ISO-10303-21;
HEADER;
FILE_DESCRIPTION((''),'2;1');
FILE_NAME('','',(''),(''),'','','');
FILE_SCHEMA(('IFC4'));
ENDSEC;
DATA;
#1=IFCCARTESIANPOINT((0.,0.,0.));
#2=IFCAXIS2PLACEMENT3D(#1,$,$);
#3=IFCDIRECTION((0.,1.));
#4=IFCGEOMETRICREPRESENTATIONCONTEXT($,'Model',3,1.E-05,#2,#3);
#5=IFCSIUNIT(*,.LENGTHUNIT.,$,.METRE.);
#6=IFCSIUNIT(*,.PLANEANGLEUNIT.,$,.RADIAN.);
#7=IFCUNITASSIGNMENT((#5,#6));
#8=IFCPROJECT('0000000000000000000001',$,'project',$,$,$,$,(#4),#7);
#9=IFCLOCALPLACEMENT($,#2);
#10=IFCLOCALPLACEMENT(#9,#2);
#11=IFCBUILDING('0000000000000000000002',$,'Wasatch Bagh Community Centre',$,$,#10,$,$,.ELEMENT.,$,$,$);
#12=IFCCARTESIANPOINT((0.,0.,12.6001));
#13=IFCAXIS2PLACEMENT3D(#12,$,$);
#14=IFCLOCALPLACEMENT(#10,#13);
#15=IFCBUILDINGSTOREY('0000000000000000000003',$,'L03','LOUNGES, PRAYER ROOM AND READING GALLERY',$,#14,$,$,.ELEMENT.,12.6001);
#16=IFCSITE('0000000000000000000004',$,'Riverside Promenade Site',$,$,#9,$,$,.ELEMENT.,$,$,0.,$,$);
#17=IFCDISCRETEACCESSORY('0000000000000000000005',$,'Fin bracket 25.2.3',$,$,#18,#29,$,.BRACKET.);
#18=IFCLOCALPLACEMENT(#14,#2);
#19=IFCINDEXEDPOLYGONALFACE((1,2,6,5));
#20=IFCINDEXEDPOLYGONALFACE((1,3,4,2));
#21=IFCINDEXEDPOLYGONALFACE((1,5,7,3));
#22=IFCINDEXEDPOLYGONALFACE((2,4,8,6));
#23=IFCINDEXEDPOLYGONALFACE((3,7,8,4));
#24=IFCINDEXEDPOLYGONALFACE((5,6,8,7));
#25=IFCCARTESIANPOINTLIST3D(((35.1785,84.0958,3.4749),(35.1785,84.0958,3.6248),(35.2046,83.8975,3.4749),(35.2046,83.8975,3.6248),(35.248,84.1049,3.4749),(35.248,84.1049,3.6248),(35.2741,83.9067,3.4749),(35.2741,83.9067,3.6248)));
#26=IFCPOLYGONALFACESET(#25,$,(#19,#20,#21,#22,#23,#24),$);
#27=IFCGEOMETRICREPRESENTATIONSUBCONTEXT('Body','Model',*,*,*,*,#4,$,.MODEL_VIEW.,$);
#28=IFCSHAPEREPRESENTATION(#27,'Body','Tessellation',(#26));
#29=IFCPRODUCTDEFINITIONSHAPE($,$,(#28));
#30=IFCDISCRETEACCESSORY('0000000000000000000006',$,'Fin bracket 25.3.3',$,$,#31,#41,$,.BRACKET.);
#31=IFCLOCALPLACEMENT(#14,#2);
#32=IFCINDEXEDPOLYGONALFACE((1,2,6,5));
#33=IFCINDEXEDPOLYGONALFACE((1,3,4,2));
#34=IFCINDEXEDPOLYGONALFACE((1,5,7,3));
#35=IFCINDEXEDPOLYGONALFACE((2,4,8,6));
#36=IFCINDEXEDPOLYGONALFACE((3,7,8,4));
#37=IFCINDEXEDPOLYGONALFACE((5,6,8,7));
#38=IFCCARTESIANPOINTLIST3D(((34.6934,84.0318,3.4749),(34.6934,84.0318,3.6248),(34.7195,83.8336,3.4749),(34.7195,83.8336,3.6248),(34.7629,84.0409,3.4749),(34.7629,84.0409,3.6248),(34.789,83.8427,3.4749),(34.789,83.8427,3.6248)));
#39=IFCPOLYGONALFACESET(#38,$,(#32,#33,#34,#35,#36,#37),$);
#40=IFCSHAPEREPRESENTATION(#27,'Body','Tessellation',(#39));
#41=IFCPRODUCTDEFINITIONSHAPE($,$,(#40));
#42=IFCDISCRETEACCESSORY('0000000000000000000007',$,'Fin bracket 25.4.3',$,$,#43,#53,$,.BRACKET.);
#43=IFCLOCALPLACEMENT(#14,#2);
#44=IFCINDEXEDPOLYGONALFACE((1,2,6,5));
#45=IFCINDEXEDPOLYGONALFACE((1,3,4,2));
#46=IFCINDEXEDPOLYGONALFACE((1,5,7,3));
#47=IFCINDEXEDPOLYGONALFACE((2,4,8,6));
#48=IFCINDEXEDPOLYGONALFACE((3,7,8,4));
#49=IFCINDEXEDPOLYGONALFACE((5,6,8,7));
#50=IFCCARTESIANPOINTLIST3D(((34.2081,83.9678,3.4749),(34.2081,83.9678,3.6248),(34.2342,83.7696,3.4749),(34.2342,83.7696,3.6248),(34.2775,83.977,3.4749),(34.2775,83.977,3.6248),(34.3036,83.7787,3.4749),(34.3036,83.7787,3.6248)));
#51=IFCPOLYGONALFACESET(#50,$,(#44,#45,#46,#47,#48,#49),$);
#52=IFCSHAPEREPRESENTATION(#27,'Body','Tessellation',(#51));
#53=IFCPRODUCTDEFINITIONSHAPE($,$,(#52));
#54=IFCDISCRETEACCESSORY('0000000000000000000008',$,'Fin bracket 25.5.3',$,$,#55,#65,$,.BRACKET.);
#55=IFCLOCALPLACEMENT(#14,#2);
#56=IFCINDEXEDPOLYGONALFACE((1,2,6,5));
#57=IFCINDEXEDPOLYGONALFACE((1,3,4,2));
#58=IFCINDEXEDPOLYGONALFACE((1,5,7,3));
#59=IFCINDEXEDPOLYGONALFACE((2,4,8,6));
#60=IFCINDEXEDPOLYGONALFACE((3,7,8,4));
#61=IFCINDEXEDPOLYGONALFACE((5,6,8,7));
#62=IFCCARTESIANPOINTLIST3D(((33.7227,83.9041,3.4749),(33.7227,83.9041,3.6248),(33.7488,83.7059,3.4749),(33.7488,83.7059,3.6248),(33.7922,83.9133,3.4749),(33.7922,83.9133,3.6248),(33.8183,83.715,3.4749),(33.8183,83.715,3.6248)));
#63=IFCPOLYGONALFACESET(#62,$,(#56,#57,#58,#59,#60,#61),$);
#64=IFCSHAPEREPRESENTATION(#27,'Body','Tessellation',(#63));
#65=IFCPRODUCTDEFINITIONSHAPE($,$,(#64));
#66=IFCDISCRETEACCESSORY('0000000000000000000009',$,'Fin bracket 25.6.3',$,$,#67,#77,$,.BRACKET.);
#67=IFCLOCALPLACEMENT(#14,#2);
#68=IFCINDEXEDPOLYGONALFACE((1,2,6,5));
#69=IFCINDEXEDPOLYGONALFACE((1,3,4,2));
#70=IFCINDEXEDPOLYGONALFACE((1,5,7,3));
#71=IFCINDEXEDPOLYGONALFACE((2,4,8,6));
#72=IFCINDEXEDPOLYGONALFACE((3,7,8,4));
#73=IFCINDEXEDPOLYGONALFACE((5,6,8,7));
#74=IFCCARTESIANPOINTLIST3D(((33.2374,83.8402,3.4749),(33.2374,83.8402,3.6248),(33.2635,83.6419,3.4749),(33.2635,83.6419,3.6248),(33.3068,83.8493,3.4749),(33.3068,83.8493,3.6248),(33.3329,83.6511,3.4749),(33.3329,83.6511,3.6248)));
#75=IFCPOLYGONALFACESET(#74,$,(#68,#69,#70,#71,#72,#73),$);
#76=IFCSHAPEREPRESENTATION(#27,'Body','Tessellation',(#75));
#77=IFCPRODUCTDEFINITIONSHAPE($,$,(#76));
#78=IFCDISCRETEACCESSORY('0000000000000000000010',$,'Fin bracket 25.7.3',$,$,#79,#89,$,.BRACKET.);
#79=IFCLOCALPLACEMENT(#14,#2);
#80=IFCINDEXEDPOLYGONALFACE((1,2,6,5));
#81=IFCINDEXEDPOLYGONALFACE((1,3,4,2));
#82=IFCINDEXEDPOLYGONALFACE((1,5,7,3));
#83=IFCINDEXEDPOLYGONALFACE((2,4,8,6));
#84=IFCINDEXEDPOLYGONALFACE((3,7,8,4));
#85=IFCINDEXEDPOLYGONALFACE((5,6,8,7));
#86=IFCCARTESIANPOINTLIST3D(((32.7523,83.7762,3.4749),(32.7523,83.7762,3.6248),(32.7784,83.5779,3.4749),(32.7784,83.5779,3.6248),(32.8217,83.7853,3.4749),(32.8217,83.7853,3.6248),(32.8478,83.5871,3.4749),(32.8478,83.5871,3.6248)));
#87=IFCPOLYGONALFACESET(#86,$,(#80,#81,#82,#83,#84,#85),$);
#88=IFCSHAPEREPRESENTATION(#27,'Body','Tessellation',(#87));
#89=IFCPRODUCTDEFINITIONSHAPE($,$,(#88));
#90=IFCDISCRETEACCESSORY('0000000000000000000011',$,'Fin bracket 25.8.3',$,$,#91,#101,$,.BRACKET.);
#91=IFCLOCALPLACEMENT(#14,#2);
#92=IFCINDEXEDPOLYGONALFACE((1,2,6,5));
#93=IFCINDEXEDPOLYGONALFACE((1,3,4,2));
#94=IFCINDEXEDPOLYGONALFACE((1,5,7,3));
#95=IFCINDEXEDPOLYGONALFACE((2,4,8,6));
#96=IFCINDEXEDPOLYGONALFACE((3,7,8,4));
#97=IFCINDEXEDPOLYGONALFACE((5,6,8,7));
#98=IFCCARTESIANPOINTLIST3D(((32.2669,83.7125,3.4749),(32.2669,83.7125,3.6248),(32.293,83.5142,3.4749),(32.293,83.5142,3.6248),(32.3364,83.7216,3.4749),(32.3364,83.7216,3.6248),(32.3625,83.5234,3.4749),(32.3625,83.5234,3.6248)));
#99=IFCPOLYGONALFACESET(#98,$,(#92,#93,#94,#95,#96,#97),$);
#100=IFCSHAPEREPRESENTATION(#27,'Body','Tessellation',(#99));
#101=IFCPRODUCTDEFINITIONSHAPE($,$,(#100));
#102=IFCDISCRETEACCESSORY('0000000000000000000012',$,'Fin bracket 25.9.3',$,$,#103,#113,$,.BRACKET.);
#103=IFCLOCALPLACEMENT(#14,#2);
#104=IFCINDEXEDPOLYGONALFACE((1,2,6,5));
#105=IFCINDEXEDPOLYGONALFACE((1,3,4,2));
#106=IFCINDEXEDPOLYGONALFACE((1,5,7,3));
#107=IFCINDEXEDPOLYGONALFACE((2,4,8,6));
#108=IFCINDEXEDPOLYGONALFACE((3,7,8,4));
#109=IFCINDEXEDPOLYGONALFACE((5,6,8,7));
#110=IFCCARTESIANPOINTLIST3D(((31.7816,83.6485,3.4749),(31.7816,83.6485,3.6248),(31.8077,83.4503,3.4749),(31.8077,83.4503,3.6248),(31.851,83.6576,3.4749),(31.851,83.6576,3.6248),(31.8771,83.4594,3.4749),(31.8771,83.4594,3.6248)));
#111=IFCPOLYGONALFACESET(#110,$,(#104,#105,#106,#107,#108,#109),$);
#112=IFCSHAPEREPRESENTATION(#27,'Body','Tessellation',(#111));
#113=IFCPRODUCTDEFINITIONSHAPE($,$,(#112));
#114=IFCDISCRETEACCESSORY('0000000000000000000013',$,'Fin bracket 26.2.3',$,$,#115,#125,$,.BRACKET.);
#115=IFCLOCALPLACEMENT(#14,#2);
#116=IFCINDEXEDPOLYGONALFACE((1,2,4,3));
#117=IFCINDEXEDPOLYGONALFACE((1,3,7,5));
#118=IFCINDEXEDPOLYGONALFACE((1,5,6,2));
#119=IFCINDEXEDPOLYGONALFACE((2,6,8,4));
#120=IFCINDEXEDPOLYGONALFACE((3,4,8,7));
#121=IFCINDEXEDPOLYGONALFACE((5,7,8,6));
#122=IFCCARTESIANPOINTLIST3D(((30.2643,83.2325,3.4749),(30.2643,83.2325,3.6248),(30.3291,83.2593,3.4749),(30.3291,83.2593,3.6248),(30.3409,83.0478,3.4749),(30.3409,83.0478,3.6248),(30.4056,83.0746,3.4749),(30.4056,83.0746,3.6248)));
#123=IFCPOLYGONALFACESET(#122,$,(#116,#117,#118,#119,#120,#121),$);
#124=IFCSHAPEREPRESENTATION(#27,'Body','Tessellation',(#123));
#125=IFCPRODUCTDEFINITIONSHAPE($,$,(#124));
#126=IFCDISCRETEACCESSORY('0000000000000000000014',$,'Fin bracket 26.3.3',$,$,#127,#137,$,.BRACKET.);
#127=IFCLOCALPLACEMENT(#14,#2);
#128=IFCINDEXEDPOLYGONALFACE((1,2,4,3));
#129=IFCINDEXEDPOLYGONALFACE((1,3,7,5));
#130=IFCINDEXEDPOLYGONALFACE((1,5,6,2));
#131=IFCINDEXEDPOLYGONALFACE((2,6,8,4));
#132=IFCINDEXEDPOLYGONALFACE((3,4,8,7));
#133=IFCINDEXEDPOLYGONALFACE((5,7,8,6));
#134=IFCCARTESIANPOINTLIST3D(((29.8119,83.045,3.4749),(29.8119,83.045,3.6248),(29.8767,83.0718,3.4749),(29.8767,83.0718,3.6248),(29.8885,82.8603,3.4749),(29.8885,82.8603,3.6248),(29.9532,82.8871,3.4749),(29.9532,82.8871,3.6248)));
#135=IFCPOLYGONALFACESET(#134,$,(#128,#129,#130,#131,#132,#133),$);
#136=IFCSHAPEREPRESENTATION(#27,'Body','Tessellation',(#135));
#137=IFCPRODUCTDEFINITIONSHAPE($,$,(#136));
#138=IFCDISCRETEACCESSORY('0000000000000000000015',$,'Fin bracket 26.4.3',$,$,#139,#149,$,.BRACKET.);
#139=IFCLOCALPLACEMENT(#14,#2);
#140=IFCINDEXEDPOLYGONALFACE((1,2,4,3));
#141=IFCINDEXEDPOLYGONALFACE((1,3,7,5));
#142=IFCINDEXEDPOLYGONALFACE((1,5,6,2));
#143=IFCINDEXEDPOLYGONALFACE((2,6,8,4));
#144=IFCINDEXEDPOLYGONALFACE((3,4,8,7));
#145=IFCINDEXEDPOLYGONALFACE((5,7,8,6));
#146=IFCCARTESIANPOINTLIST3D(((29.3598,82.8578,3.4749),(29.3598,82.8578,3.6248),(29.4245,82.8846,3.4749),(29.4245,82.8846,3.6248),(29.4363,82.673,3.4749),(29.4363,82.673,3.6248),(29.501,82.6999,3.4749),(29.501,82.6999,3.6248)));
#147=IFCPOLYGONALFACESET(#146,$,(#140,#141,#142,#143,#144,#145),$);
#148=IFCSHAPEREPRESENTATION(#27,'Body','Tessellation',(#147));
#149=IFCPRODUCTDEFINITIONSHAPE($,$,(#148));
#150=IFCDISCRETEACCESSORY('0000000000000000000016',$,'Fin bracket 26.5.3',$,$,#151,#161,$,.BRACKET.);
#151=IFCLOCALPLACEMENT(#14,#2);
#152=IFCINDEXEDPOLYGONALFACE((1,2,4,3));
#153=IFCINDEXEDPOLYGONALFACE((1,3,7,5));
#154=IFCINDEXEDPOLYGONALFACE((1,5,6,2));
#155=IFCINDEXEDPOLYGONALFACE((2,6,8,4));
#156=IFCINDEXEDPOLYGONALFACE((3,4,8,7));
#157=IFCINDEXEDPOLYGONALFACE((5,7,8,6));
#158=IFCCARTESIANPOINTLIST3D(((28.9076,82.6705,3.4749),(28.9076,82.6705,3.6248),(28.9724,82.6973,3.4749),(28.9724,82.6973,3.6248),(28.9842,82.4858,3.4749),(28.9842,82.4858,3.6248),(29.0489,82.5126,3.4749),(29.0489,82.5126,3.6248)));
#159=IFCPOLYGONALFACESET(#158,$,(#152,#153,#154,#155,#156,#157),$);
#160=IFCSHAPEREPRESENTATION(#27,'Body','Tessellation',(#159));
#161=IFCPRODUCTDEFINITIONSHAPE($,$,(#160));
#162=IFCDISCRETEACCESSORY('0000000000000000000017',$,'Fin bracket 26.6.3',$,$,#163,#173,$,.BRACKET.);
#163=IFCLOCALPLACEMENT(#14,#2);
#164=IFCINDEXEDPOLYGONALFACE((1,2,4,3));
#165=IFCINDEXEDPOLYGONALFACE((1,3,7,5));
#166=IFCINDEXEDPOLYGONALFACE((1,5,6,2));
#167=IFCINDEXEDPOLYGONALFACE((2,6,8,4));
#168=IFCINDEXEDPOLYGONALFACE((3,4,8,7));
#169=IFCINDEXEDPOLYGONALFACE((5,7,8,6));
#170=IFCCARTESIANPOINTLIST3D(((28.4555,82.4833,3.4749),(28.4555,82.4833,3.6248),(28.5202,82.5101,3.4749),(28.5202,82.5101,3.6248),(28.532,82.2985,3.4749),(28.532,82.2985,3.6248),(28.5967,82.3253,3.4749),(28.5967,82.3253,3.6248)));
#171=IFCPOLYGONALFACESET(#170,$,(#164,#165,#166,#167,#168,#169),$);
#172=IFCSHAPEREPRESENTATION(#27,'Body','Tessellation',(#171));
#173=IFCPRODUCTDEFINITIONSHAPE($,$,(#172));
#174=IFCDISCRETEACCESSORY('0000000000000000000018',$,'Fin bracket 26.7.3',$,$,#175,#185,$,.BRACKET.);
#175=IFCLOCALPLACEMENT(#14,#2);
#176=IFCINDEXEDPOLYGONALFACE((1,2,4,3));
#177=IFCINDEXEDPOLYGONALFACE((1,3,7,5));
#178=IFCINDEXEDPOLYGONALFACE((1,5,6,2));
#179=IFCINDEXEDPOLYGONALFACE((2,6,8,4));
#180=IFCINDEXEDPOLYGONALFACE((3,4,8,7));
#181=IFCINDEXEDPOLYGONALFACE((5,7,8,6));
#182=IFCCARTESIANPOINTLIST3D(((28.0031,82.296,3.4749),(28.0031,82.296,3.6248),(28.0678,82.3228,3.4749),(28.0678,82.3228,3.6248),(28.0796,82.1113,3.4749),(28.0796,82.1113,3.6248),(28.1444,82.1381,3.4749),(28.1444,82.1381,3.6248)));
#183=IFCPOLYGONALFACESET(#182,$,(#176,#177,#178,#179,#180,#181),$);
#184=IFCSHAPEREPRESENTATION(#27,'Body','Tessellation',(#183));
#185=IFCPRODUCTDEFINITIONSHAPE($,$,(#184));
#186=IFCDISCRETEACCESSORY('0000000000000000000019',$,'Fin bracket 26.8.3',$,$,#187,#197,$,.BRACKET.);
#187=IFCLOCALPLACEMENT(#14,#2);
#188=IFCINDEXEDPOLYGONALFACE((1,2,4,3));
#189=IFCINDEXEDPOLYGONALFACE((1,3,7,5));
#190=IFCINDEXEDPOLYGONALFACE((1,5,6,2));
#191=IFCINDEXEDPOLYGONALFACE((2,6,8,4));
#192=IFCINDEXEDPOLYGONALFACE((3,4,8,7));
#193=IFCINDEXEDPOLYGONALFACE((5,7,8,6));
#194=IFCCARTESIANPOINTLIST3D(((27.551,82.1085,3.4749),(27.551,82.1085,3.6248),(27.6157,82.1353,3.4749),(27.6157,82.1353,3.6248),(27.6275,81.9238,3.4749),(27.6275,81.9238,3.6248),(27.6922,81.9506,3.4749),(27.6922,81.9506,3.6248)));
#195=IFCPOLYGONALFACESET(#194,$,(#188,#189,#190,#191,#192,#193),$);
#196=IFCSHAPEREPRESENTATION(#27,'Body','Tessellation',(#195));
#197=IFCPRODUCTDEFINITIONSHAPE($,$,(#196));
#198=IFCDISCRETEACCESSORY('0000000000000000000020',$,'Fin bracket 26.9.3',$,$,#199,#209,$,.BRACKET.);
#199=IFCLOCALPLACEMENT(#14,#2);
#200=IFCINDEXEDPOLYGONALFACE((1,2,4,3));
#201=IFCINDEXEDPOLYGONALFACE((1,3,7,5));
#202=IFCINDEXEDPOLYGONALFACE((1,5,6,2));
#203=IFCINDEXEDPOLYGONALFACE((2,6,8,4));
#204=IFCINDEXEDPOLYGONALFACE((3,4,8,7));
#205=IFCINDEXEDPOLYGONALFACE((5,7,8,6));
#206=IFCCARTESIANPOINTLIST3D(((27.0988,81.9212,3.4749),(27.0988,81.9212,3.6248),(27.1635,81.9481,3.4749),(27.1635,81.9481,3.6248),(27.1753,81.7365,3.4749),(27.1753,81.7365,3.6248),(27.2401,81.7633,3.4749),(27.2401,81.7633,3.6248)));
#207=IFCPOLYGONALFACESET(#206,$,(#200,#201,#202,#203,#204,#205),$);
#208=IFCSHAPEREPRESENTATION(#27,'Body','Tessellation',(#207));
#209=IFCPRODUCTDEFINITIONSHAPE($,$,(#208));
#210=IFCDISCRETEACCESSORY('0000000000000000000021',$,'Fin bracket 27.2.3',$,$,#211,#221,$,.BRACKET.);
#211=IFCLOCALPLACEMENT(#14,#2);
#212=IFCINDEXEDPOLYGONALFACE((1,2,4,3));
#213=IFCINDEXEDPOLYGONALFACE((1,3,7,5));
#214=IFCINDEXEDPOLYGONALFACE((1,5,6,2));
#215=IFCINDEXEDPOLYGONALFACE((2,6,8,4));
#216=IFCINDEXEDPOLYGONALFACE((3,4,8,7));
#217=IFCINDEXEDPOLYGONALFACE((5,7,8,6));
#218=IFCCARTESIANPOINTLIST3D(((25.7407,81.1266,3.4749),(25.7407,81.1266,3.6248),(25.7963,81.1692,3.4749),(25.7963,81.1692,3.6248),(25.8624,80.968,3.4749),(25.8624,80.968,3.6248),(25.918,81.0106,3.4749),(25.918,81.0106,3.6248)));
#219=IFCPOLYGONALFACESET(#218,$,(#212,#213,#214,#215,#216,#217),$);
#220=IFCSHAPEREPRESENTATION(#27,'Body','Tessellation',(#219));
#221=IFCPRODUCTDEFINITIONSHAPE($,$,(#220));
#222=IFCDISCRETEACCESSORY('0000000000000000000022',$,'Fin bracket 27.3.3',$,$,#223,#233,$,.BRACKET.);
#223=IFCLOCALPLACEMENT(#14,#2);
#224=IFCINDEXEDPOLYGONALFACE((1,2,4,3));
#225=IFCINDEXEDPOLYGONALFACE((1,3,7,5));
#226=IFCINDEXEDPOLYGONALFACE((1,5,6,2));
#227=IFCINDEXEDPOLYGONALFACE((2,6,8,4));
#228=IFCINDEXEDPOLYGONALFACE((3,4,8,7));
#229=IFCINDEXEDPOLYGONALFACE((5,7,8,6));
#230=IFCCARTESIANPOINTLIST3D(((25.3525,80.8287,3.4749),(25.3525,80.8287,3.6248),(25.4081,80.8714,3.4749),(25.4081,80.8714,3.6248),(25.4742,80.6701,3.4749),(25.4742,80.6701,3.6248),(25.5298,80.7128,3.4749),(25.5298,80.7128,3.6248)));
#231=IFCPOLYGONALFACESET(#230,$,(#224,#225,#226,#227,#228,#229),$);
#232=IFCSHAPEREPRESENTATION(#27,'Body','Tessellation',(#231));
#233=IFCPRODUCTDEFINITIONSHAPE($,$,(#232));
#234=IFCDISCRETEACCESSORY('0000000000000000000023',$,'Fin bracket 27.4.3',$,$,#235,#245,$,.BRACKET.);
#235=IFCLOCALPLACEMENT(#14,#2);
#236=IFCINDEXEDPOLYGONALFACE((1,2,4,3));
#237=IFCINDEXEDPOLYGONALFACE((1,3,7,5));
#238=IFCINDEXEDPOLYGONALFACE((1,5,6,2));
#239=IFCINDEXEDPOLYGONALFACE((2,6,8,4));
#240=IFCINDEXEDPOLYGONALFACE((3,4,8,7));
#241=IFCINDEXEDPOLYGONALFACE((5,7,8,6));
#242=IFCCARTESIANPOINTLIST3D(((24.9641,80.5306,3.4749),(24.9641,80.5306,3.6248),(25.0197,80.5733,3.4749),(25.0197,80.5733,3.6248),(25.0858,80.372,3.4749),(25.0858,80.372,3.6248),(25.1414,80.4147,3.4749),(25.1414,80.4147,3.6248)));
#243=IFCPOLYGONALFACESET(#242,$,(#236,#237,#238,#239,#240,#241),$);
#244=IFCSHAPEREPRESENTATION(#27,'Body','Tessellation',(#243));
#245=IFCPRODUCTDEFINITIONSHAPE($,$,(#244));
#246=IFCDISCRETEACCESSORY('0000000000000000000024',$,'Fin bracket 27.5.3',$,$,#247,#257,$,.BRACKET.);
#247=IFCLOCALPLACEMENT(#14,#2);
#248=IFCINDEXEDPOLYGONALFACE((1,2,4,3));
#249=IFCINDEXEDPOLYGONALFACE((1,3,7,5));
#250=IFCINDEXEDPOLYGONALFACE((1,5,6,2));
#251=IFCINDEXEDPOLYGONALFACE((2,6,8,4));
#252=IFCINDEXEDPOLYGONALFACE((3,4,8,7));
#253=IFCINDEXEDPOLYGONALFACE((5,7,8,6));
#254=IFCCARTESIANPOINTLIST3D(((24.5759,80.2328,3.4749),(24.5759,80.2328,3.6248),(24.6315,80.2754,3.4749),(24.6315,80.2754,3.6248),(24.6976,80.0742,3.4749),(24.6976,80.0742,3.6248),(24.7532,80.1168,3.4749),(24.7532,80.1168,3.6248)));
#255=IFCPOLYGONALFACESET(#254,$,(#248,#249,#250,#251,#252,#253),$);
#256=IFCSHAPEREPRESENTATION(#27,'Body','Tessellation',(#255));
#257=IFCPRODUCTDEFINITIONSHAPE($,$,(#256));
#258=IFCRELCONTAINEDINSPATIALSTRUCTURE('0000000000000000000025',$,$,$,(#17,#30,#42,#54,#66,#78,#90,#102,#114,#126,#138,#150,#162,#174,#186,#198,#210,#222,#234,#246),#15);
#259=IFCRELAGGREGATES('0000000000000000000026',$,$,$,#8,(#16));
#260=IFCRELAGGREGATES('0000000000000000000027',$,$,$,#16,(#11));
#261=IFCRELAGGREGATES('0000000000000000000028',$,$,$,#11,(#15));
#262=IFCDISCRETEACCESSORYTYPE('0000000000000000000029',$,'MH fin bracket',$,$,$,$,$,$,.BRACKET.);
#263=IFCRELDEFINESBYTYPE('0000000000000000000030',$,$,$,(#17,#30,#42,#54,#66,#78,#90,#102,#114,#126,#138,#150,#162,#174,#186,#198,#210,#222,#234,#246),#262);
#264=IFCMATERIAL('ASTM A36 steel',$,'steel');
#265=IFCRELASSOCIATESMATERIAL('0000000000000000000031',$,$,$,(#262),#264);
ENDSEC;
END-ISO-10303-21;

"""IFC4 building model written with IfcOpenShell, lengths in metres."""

from ifc_helpers import new_model, si_unit, direction, frame, origin, origin_2d, place, context, subcontext, project, spatial, rectangle, extrude, material, type_object, element, save


model = new_model("IFC4")

# Units and contexts
model_context = context("Model", 3, precision=1e-05, world=origin(), true_north=direction((0.0, 1.0)))
body_context = subcontext(model_context, "Body", "Model", "MODEL_VIEW")
ifc_project = project(units=[si_unit("LENGTHUNIT", "METRE"), si_unit("PLANEANGLEUNIT", "RADIAN")], contexts=[model_context])

# Site, building, storey
site_placement = place(None, origin())
site = spatial("IfcSite", under=ifc_project, at=site_placement, Name="Riverside Promenade Site", CompositionType="ELEMENT", RefElevation=0.0)
building_placement = place(site_placement, origin())
building = spatial("IfcBuilding", under=site, at=building_placement, Name="Wasatch Bagh Community Centre", CompositionType="ELEMENT")
storey_placement = place(building_placement, frame((0.0, 0.0, 12.6001)))
storey = spatial("IfcBuildingStorey", under=building, at=storey_placement, Name="L03", Description="LOUNGES, PRAYER ROOM AND READING GALLERY", CompositionType="ELEMENT", Elevation=12.6001)

# Discrete accessories
ifc_material_1 = material(Name="ASTM A36 steel", Category="steel")
discrete_accessory_type = type_object("IfcDiscreteAccessoryType", Name="MH fin bracket", PredefinedType="BRACKET", material=ifc_material_1)
for number, where, z_axis, x_axis, name in (
    (1, (35.2263, 84.0012, 3.4749), (0.0, 0.0, 1.0), (-0.991445, -0.130526, 0.0), "Fin bracket 25.2.3"),
    (2, (34.7412, 83.9373, 3.4749), (0.0, 0.0, 1.0), (-0.991445, -0.130526, 0.0), "Fin bracket 25.3.3"),
    (3, (34.2559, 83.8733, 3.4749), (0.0, 0.0, 1.0), (-0.991445, -0.130526, 0.0), "Fin bracket 25.4.3"),
    (4, (33.7705, 83.8096, 3.4749), (0.0, 0.0, 1.0), (-0.991445, -0.130526, 0.0), "Fin bracket 25.5.3"),
    (5, (33.2852, 83.7456, 3.4749), (0.0, 0.0, 1.0), (-0.991445, -0.130526, 0.0), "Fin bracket 25.6.3"),
    (6, (32.8, 83.6816, 3.4749), (0.0, 0.0, 1.0), (-0.991445, -0.130526, 0.0), "Fin bracket 25.7.3"),
    (7, (32.3147, 83.6179, 3.4749), (0.0, 0.0, 1.0), (-0.991445, -0.130526, 0.0), "Fin bracket 25.8.3"),
    (8, (31.8293, 83.554, 3.4749), (0.0, 0.0, 1.0), (-0.991445, -0.130526, 0.0), "Fin bracket 25.9.3"),
    (9, (30.335, 83.1536, 3.4749), (0.0, 0.0, 1.0), (-0.92388, -0.382683, 0.0), "Fin bracket 26.2.3"),
    (10, (29.8826, 82.9661, 3.4749), (0.0, 0.0, 1.0), (-0.92388, -0.382683, 0.0), "Fin bracket 26.3.3"),
    (11, (29.4304, 82.7788, 3.4749), (0.0, 0.0, 1.0), (-0.92388, -0.382683, 0.0), "Fin bracket 26.4.3"),
    (12, (28.9783, 82.5916, 3.4749), (0.0, 0.0, 1.0), (-0.92388, -0.382683, 0.0), "Fin bracket 26.5.3"),
    (13, (28.5261, 82.4043, 3.4749), (0.0, 0.0, 1.0), (-0.92388, -0.382683, 0.0), "Fin bracket 26.6.3"),
    (14, (28.0737, 82.217, 3.4749), (0.0, 0.0, 1.0), (-0.92388, -0.382683, 0.0), "Fin bracket 26.7.3"),
    (15, (27.6216, 82.0295, 3.4749), (0.0, 0.0, 1.0), (-0.92388, -0.382683, 0.0), "Fin bracket 26.8.3"),
    (16, (27.1694, 81.8423, 3.4749), (0.0, 0.0, 1.0), (-0.92388, -0.382683, 0.0), "Fin bracket 26.9.3"),
    (17, (25.8293, 81.0686, 3.4749), (0.0, 0.0, 1.0), (-0.793353, -0.608761, 0.0), "Fin bracket 27.2.3"),
    (18, (25.4412, 80.7708, 3.4749), (0.0, 0.0, 1.0), (-0.793353, -0.608761, 0.0), "Fin bracket 27.3.3"),
    (19, (25.0527, 80.4727, 3.4749), (0.0, 0.0, 1.0), (-0.793353, -0.608761, 0.0), "Fin bracket 27.4.3"),
    (20, (24.6646, 80.1748, 3.4749), (0.0, 0.0, 1.0), (-0.793353, -0.608761, 0.0), "Fin bracket 27.5.3"),
):
    element("IfcDiscreteAccessory", number, at=place(storey_placement, frame(where, z_axis=z_axis, x_axis=x_axis)), inside=storey, type_object=discrete_accessory_type, Name=name, PredefinedType="BRACKET", context=body_context, shape_type="SweptSolid", body=[
        extrude(rectangle(XDim=0.0701, YDim=0.2, at=origin_2d()), origin(), (0.0, 0.0, 1.0), 0.1499),
    ])

save(model, "model.ifc")
